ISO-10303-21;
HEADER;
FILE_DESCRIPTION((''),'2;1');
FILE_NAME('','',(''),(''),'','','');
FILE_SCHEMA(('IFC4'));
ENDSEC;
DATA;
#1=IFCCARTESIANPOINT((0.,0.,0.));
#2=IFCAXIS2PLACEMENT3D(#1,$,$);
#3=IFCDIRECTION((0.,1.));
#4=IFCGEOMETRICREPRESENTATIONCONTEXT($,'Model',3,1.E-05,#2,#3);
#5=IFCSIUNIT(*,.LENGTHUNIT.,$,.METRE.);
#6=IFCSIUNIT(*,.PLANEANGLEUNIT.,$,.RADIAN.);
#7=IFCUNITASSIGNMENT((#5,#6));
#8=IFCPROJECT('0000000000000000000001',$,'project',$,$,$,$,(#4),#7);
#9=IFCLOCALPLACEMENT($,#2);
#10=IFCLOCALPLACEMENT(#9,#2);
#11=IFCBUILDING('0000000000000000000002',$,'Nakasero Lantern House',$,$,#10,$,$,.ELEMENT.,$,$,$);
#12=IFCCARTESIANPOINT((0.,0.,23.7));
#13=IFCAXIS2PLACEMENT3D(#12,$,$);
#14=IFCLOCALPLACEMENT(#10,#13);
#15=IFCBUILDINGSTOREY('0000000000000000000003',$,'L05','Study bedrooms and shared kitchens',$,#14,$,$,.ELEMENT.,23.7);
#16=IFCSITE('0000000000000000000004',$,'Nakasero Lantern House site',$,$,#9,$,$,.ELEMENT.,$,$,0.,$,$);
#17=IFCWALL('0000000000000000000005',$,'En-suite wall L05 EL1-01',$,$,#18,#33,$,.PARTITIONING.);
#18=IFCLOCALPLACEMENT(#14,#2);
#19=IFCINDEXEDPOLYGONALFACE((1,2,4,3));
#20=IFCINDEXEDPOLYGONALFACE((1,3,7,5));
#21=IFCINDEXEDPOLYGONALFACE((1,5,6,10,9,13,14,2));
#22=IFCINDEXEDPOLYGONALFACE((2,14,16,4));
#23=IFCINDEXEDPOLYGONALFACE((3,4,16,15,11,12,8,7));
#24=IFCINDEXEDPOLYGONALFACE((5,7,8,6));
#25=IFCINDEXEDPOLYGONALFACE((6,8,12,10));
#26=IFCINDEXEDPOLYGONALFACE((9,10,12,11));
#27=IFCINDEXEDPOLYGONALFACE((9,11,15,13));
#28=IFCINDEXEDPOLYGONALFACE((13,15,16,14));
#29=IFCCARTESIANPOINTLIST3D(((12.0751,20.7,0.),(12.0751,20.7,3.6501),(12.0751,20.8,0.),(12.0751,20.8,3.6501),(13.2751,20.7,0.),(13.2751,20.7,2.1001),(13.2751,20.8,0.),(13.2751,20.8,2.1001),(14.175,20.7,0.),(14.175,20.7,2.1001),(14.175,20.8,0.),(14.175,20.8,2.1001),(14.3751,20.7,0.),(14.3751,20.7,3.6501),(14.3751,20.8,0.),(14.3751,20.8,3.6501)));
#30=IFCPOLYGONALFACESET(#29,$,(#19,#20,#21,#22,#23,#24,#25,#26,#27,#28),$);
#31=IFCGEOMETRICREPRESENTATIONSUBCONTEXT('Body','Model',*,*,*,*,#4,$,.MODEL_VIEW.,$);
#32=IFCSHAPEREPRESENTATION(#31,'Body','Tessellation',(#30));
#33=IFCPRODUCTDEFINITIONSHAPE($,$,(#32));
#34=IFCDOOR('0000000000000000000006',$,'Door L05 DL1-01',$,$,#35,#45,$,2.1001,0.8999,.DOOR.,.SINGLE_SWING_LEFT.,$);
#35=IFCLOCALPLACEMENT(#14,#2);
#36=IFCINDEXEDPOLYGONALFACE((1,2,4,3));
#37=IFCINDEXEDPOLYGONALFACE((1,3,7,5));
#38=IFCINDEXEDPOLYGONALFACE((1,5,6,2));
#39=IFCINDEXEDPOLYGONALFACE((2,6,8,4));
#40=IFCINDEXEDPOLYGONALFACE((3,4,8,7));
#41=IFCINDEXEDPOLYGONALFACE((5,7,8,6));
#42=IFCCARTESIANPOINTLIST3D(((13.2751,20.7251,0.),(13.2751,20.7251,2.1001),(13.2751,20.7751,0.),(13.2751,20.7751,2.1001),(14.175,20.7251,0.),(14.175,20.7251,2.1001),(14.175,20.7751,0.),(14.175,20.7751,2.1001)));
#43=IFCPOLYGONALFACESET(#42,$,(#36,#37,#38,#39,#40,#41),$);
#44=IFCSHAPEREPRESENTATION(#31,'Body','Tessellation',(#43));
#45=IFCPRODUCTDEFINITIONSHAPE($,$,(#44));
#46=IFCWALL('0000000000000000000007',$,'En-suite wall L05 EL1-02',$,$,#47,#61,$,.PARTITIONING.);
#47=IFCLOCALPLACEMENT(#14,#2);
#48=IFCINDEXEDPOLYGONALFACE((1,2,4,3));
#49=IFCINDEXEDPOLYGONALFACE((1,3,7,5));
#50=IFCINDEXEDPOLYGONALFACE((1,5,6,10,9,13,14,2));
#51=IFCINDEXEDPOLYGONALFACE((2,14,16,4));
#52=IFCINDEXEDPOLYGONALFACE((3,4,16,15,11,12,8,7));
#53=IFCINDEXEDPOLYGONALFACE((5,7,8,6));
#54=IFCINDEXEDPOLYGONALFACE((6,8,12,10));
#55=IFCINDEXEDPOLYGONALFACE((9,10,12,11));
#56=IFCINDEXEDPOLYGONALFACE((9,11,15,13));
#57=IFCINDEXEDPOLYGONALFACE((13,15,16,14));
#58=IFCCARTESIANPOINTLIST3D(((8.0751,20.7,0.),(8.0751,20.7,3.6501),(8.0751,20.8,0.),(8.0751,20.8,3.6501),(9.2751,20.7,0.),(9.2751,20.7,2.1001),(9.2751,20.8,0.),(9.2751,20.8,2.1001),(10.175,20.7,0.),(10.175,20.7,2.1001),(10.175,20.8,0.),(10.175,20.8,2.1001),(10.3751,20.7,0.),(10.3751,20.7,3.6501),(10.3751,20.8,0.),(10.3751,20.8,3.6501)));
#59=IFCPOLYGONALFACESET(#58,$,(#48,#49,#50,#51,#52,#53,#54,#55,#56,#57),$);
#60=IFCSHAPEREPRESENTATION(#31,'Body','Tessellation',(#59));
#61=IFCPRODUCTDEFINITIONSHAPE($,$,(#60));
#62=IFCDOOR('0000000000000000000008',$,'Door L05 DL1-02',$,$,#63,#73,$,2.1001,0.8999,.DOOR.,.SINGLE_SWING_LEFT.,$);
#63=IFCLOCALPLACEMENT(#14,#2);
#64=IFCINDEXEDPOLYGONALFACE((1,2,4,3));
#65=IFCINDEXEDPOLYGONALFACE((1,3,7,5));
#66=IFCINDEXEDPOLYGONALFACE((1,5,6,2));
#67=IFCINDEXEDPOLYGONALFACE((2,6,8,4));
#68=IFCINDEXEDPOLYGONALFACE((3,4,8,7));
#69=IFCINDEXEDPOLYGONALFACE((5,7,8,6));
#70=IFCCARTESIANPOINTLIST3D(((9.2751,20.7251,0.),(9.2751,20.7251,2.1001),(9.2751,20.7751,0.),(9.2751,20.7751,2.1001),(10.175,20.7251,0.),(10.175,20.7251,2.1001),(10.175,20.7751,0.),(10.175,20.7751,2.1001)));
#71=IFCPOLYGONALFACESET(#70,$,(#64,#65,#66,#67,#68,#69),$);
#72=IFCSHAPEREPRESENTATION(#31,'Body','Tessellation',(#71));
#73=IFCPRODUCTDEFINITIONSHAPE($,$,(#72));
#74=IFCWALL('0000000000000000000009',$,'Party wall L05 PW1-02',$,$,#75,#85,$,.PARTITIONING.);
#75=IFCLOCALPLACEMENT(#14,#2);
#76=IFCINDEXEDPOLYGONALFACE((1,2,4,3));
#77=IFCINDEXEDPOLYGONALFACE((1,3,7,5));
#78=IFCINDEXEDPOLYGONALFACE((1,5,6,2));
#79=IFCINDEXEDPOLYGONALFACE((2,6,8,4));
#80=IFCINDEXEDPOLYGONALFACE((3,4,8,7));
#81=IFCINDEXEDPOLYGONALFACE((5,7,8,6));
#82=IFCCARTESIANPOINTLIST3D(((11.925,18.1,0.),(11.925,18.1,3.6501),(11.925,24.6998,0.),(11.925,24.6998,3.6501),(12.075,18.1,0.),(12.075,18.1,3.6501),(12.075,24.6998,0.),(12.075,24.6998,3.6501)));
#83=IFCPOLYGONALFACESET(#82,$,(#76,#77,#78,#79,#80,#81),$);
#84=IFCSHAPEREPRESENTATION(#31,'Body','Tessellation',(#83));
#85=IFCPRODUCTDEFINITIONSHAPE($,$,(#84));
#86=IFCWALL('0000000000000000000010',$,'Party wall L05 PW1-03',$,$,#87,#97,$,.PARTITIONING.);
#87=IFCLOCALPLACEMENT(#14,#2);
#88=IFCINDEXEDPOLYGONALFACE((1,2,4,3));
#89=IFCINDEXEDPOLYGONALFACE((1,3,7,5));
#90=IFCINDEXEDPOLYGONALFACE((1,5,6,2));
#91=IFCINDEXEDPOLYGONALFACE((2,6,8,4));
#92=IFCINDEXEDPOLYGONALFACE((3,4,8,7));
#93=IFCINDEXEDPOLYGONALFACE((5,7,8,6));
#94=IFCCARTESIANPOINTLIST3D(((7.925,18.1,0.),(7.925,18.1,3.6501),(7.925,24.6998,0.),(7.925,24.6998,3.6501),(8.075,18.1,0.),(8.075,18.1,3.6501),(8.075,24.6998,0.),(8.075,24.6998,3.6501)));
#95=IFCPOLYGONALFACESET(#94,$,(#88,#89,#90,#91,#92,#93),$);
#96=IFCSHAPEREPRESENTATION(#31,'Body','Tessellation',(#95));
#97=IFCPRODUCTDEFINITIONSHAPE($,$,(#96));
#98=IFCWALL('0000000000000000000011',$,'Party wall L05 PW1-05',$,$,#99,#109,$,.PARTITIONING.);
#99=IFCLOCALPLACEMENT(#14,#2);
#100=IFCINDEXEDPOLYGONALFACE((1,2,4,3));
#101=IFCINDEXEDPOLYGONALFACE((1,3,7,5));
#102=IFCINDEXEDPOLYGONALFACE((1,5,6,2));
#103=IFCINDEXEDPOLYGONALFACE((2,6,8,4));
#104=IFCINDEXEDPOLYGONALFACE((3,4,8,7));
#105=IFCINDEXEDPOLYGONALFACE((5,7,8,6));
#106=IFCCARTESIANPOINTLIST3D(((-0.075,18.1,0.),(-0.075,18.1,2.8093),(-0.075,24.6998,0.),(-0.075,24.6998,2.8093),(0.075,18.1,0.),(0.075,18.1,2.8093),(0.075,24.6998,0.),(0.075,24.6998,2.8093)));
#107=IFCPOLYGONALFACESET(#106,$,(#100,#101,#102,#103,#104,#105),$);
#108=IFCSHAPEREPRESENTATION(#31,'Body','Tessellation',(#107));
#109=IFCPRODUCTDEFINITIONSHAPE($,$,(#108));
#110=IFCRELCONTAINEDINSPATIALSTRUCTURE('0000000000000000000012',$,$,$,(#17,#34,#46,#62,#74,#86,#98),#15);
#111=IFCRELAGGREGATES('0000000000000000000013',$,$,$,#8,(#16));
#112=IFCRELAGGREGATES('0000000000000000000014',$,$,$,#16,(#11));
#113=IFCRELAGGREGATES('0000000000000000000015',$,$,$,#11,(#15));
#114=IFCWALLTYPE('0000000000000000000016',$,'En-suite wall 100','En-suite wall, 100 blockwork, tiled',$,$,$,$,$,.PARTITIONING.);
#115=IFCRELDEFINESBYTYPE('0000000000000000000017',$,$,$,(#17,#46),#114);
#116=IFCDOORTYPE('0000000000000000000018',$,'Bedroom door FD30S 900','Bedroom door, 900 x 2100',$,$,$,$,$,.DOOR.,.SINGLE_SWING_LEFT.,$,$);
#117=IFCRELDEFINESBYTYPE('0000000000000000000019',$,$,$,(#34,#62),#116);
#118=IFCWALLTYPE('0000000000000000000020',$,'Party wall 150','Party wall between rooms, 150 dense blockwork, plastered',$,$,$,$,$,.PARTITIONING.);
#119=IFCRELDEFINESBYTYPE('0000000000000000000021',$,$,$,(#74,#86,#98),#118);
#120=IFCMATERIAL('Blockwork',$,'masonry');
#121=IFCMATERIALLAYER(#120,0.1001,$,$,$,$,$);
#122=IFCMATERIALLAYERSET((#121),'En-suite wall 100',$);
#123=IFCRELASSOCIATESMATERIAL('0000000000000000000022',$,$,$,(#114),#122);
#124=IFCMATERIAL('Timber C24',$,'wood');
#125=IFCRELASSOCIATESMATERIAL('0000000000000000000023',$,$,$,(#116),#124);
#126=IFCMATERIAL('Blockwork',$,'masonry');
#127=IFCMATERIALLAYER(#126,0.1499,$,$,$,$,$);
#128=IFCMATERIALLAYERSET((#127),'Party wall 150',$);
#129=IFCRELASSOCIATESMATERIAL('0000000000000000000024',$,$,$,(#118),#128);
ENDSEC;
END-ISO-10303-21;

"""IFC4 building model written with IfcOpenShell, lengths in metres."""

from ifc_helpers import new_model, si_unit, direction, frame, frame_2d, origin, place, context, subcontext, project, spatial, rectangle, extrude, material, layer, layer_set, type_object, element, fill, save


model = new_model("IFC4")

# Units and contexts
model_context = context("Model", 3, precision=1e-05, world=origin(), true_north=direction((0.0, 1.0)))
body_context = subcontext(model_context, "Body", "Model", "MODEL_VIEW")
ifc_project = project(units=[si_unit("LENGTHUNIT", "METRE"), si_unit("PLANEANGLEUNIT", "RADIAN")], contexts=[model_context])

# Site, building, storey
site_placement = place(None, origin())
site = spatial("IfcSite", under=ifc_project, at=site_placement, Name="Nakasero Lantern House site", CompositionType="ELEMENT", RefElevation=0.0)
building_placement = place(site_placement, origin())
building = spatial("IfcBuilding", under=site, at=building_placement, Name="Nakasero Lantern House", CompositionType="ELEMENT")
storey_placement = place(building_placement, frame((0.0, 0.0, 23.7)))
storey = spatial("IfcBuildingStorey", under=building, at=storey_placement, Name="L05", Description="Study bedrooms and shared kitchens", CompositionType="ELEMENT", Elevation=23.7)

# Shared definitions
ifc_material_1 = material(Name="Blockwork", Category="masonry")
ifc_layer_1 = layer(ifc_material_1, 0.1001)
ifc_layer_set_1 = layer_set([ifc_layer_1], Name="En-suite wall 100")
wall_type_1 = type_object("IfcWallType", Name="En-suite wall 100", Description="En-suite wall, 100 blockwork, tiled", PredefinedType="PARTITIONING", material=ifc_layer_set_1)

# Walls, openings, doors
wall_1_placement = place(storey_placement, frame((14.375, 20.75, 0.0), z_axis=(0.0, 0.0, 1.0), x_axis=(-1.0, 0.0, 0.0)))
wall_1 = element("IfcWall", 1, at=wall_1_placement, inside=storey, type_object=wall_type_1, Name="En-suite wall L05 EL1-01", PredefinedType="PARTITIONING", context=body_context, shape_type="SweptSolid", body=[
    extrude(rectangle(XDim=2.3, YDim=0.1001, at=frame_2d((1.1499, 0.0))), origin(), (0.0, 0.0, 1.0), 3.6501),
])
opening_1_placement = place(wall_1_placement, frame((0.2, 0.0, 0.0)))
opening_1 = element("IfcOpeningElement", 2, at=opening_1_placement, cuts=wall_1, PredefinedType="OPENING", context=body_context, shape_type="SweptSolid", body=[
    extrude(rectangle(XDim=0.8999, YDim=2.1001, at=frame_2d((0.45, 1.05))), frame((0.0, 0.0701, 0.0), z_axis=(0.0, -1.0, 0.0), x_axis=(1.0, 0.0, 0.0)), (0.0, 0.0, 1.0), 0.1401),
])
ifc_material_2 = material(Name="Timber C24", Category="wood")
door_type_1 = type_object("IfcDoorType", Name="Bedroom door FD30S 900", Description="Bedroom door, 900 x 2100", OperationType="SINGLE_SWING_LEFT", PredefinedType="DOOR", material=ifc_material_2)
door_1_placement = place(opening_1_placement, origin())
door_1 = element("IfcDoor", 3, at=door_1_placement, inside=storey, type_object=door_type_1, Name="Door L05 DL1-01", OperationType="SINGLE_SWING_LEFT", OverallHeight=2.1001, OverallWidth=0.8999, PredefinedType="DOOR", context=body_context, shape_type="SweptSolid", body=[
    extrude(rectangle(XDim=0.8999, YDim=2.1001, at=frame_2d((0.45, 1.05))), frame((0.0, 0.0249, 0.0), z_axis=(0.0, -1.0, 0.0), x_axis=(1.0, 0.0, 0.0)), (0.0, 0.0, 1.0), 0.05),
])
fill(opening_1, door_1)
wall_2_placement = place(storey_placement, frame((10.375, 20.75, 0.0), z_axis=(0.0, 0.0, 1.0), x_axis=(-1.0, 0.0, 0.0)))
wall_2 = element("IfcWall", 4, at=wall_2_placement, inside=storey, type_object=wall_type_1, Name="En-suite wall L05 EL1-02", PredefinedType="PARTITIONING", context=body_context, shape_type="SweptSolid", body=[
    extrude(rectangle(XDim=2.3, YDim=0.1001, at=frame_2d((1.1499, 0.0))), origin(), (0.0, 0.0, 1.0), 3.6501),
])
opening_2_placement = place(wall_2_placement, frame((0.2, 0.0, 0.0)))
opening_2 = element("IfcOpeningElement", 5, at=opening_2_placement, cuts=wall_2, PredefinedType="OPENING", context=body_context, shape_type="SweptSolid", body=[
    extrude(rectangle(XDim=0.8999, YDim=2.1001, at=frame_2d((0.45, 1.05))), frame((0.0, 0.0701, 0.0), z_axis=(0.0, -1.0, 0.0), x_axis=(1.0, 0.0, 0.0)), (0.0, 0.0, 1.0), 0.1401),
])
door_2_placement = place(opening_2_placement, origin())
door_2 = element("IfcDoor", 6, at=door_2_placement, inside=storey, type_object=door_type_1, Name="Door L05 DL1-02", OperationType="SINGLE_SWING_LEFT", OverallHeight=2.1001, OverallWidth=0.8999, PredefinedType="DOOR", context=body_context, shape_type="SweptSolid", body=[
    extrude(rectangle(XDim=0.8999, YDim=2.1001, at=frame_2d((0.45, 1.05))), frame((0.0, 0.0249, 0.0), z_axis=(0.0, -1.0, 0.0), x_axis=(1.0, 0.0, 0.0)), (0.0, 0.0, 1.0), 0.05),
])
fill(opening_2, door_2)

# Walls
ifc_material_3 = material(Name="Blockwork", Category="masonry")
ifc_layer_2 = layer(ifc_material_3, 0.1499)
ifc_layer_set_2 = layer_set([ifc_layer_2], Name="Party wall 150")
wall_type_2 = type_object("IfcWallType", Name="Party wall 150", Description="Party wall between rooms, 150 dense blockwork, plastered", PredefinedType="PARTITIONING", material=ifc_layer_set_2)
for number, where, z_axis, x_axis, name in (
    (7, (12.0, 18.1001, 0.0), (0.0, 0.0, 1.0), (0.0, 1.0, 0.0), "Party wall L05 PW1-02"),
    (8, (8.0, 18.1001, 0.0), (0.0, 0.0, 1.0), (0.0, 1.0, 0.0), "Party wall L05 PW1-03"),
):
    element("IfcWall", number, at=place(storey_placement, frame(where, z_axis=z_axis, x_axis=x_axis)), inside=storey, type_object=wall_type_2, Name=name, PredefinedType="PARTITIONING", context=body_context, shape_type="SweptSolid", body=[
        extrude(rectangle(XDim=6.5999, YDim=0.1499, at=frame_2d((3.2998, 0.0))), origin(), (0.0, 0.0, 1.0), 3.6501),
    ])
wall_3_placement = place(storey_placement, frame((0.0, 18.1001, 0.0), z_axis=(0.0, 0.0, 1.0), x_axis=(0.0, 1.0, 0.0)))
element("IfcWall", 9, at=wall_3_placement, inside=storey, type_object=wall_type_2, Name="Party wall L05 PW1-05", PredefinedType="PARTITIONING", context=body_context, shape_type="SweptSolid", body=[
    extrude(rectangle(XDim=6.5999, YDim=0.1499, at=frame_2d((3.2998, 0.0))), origin(), (0.0, 0.0, 1.0), 2.8093),
])

save(model, "model.ifc")
